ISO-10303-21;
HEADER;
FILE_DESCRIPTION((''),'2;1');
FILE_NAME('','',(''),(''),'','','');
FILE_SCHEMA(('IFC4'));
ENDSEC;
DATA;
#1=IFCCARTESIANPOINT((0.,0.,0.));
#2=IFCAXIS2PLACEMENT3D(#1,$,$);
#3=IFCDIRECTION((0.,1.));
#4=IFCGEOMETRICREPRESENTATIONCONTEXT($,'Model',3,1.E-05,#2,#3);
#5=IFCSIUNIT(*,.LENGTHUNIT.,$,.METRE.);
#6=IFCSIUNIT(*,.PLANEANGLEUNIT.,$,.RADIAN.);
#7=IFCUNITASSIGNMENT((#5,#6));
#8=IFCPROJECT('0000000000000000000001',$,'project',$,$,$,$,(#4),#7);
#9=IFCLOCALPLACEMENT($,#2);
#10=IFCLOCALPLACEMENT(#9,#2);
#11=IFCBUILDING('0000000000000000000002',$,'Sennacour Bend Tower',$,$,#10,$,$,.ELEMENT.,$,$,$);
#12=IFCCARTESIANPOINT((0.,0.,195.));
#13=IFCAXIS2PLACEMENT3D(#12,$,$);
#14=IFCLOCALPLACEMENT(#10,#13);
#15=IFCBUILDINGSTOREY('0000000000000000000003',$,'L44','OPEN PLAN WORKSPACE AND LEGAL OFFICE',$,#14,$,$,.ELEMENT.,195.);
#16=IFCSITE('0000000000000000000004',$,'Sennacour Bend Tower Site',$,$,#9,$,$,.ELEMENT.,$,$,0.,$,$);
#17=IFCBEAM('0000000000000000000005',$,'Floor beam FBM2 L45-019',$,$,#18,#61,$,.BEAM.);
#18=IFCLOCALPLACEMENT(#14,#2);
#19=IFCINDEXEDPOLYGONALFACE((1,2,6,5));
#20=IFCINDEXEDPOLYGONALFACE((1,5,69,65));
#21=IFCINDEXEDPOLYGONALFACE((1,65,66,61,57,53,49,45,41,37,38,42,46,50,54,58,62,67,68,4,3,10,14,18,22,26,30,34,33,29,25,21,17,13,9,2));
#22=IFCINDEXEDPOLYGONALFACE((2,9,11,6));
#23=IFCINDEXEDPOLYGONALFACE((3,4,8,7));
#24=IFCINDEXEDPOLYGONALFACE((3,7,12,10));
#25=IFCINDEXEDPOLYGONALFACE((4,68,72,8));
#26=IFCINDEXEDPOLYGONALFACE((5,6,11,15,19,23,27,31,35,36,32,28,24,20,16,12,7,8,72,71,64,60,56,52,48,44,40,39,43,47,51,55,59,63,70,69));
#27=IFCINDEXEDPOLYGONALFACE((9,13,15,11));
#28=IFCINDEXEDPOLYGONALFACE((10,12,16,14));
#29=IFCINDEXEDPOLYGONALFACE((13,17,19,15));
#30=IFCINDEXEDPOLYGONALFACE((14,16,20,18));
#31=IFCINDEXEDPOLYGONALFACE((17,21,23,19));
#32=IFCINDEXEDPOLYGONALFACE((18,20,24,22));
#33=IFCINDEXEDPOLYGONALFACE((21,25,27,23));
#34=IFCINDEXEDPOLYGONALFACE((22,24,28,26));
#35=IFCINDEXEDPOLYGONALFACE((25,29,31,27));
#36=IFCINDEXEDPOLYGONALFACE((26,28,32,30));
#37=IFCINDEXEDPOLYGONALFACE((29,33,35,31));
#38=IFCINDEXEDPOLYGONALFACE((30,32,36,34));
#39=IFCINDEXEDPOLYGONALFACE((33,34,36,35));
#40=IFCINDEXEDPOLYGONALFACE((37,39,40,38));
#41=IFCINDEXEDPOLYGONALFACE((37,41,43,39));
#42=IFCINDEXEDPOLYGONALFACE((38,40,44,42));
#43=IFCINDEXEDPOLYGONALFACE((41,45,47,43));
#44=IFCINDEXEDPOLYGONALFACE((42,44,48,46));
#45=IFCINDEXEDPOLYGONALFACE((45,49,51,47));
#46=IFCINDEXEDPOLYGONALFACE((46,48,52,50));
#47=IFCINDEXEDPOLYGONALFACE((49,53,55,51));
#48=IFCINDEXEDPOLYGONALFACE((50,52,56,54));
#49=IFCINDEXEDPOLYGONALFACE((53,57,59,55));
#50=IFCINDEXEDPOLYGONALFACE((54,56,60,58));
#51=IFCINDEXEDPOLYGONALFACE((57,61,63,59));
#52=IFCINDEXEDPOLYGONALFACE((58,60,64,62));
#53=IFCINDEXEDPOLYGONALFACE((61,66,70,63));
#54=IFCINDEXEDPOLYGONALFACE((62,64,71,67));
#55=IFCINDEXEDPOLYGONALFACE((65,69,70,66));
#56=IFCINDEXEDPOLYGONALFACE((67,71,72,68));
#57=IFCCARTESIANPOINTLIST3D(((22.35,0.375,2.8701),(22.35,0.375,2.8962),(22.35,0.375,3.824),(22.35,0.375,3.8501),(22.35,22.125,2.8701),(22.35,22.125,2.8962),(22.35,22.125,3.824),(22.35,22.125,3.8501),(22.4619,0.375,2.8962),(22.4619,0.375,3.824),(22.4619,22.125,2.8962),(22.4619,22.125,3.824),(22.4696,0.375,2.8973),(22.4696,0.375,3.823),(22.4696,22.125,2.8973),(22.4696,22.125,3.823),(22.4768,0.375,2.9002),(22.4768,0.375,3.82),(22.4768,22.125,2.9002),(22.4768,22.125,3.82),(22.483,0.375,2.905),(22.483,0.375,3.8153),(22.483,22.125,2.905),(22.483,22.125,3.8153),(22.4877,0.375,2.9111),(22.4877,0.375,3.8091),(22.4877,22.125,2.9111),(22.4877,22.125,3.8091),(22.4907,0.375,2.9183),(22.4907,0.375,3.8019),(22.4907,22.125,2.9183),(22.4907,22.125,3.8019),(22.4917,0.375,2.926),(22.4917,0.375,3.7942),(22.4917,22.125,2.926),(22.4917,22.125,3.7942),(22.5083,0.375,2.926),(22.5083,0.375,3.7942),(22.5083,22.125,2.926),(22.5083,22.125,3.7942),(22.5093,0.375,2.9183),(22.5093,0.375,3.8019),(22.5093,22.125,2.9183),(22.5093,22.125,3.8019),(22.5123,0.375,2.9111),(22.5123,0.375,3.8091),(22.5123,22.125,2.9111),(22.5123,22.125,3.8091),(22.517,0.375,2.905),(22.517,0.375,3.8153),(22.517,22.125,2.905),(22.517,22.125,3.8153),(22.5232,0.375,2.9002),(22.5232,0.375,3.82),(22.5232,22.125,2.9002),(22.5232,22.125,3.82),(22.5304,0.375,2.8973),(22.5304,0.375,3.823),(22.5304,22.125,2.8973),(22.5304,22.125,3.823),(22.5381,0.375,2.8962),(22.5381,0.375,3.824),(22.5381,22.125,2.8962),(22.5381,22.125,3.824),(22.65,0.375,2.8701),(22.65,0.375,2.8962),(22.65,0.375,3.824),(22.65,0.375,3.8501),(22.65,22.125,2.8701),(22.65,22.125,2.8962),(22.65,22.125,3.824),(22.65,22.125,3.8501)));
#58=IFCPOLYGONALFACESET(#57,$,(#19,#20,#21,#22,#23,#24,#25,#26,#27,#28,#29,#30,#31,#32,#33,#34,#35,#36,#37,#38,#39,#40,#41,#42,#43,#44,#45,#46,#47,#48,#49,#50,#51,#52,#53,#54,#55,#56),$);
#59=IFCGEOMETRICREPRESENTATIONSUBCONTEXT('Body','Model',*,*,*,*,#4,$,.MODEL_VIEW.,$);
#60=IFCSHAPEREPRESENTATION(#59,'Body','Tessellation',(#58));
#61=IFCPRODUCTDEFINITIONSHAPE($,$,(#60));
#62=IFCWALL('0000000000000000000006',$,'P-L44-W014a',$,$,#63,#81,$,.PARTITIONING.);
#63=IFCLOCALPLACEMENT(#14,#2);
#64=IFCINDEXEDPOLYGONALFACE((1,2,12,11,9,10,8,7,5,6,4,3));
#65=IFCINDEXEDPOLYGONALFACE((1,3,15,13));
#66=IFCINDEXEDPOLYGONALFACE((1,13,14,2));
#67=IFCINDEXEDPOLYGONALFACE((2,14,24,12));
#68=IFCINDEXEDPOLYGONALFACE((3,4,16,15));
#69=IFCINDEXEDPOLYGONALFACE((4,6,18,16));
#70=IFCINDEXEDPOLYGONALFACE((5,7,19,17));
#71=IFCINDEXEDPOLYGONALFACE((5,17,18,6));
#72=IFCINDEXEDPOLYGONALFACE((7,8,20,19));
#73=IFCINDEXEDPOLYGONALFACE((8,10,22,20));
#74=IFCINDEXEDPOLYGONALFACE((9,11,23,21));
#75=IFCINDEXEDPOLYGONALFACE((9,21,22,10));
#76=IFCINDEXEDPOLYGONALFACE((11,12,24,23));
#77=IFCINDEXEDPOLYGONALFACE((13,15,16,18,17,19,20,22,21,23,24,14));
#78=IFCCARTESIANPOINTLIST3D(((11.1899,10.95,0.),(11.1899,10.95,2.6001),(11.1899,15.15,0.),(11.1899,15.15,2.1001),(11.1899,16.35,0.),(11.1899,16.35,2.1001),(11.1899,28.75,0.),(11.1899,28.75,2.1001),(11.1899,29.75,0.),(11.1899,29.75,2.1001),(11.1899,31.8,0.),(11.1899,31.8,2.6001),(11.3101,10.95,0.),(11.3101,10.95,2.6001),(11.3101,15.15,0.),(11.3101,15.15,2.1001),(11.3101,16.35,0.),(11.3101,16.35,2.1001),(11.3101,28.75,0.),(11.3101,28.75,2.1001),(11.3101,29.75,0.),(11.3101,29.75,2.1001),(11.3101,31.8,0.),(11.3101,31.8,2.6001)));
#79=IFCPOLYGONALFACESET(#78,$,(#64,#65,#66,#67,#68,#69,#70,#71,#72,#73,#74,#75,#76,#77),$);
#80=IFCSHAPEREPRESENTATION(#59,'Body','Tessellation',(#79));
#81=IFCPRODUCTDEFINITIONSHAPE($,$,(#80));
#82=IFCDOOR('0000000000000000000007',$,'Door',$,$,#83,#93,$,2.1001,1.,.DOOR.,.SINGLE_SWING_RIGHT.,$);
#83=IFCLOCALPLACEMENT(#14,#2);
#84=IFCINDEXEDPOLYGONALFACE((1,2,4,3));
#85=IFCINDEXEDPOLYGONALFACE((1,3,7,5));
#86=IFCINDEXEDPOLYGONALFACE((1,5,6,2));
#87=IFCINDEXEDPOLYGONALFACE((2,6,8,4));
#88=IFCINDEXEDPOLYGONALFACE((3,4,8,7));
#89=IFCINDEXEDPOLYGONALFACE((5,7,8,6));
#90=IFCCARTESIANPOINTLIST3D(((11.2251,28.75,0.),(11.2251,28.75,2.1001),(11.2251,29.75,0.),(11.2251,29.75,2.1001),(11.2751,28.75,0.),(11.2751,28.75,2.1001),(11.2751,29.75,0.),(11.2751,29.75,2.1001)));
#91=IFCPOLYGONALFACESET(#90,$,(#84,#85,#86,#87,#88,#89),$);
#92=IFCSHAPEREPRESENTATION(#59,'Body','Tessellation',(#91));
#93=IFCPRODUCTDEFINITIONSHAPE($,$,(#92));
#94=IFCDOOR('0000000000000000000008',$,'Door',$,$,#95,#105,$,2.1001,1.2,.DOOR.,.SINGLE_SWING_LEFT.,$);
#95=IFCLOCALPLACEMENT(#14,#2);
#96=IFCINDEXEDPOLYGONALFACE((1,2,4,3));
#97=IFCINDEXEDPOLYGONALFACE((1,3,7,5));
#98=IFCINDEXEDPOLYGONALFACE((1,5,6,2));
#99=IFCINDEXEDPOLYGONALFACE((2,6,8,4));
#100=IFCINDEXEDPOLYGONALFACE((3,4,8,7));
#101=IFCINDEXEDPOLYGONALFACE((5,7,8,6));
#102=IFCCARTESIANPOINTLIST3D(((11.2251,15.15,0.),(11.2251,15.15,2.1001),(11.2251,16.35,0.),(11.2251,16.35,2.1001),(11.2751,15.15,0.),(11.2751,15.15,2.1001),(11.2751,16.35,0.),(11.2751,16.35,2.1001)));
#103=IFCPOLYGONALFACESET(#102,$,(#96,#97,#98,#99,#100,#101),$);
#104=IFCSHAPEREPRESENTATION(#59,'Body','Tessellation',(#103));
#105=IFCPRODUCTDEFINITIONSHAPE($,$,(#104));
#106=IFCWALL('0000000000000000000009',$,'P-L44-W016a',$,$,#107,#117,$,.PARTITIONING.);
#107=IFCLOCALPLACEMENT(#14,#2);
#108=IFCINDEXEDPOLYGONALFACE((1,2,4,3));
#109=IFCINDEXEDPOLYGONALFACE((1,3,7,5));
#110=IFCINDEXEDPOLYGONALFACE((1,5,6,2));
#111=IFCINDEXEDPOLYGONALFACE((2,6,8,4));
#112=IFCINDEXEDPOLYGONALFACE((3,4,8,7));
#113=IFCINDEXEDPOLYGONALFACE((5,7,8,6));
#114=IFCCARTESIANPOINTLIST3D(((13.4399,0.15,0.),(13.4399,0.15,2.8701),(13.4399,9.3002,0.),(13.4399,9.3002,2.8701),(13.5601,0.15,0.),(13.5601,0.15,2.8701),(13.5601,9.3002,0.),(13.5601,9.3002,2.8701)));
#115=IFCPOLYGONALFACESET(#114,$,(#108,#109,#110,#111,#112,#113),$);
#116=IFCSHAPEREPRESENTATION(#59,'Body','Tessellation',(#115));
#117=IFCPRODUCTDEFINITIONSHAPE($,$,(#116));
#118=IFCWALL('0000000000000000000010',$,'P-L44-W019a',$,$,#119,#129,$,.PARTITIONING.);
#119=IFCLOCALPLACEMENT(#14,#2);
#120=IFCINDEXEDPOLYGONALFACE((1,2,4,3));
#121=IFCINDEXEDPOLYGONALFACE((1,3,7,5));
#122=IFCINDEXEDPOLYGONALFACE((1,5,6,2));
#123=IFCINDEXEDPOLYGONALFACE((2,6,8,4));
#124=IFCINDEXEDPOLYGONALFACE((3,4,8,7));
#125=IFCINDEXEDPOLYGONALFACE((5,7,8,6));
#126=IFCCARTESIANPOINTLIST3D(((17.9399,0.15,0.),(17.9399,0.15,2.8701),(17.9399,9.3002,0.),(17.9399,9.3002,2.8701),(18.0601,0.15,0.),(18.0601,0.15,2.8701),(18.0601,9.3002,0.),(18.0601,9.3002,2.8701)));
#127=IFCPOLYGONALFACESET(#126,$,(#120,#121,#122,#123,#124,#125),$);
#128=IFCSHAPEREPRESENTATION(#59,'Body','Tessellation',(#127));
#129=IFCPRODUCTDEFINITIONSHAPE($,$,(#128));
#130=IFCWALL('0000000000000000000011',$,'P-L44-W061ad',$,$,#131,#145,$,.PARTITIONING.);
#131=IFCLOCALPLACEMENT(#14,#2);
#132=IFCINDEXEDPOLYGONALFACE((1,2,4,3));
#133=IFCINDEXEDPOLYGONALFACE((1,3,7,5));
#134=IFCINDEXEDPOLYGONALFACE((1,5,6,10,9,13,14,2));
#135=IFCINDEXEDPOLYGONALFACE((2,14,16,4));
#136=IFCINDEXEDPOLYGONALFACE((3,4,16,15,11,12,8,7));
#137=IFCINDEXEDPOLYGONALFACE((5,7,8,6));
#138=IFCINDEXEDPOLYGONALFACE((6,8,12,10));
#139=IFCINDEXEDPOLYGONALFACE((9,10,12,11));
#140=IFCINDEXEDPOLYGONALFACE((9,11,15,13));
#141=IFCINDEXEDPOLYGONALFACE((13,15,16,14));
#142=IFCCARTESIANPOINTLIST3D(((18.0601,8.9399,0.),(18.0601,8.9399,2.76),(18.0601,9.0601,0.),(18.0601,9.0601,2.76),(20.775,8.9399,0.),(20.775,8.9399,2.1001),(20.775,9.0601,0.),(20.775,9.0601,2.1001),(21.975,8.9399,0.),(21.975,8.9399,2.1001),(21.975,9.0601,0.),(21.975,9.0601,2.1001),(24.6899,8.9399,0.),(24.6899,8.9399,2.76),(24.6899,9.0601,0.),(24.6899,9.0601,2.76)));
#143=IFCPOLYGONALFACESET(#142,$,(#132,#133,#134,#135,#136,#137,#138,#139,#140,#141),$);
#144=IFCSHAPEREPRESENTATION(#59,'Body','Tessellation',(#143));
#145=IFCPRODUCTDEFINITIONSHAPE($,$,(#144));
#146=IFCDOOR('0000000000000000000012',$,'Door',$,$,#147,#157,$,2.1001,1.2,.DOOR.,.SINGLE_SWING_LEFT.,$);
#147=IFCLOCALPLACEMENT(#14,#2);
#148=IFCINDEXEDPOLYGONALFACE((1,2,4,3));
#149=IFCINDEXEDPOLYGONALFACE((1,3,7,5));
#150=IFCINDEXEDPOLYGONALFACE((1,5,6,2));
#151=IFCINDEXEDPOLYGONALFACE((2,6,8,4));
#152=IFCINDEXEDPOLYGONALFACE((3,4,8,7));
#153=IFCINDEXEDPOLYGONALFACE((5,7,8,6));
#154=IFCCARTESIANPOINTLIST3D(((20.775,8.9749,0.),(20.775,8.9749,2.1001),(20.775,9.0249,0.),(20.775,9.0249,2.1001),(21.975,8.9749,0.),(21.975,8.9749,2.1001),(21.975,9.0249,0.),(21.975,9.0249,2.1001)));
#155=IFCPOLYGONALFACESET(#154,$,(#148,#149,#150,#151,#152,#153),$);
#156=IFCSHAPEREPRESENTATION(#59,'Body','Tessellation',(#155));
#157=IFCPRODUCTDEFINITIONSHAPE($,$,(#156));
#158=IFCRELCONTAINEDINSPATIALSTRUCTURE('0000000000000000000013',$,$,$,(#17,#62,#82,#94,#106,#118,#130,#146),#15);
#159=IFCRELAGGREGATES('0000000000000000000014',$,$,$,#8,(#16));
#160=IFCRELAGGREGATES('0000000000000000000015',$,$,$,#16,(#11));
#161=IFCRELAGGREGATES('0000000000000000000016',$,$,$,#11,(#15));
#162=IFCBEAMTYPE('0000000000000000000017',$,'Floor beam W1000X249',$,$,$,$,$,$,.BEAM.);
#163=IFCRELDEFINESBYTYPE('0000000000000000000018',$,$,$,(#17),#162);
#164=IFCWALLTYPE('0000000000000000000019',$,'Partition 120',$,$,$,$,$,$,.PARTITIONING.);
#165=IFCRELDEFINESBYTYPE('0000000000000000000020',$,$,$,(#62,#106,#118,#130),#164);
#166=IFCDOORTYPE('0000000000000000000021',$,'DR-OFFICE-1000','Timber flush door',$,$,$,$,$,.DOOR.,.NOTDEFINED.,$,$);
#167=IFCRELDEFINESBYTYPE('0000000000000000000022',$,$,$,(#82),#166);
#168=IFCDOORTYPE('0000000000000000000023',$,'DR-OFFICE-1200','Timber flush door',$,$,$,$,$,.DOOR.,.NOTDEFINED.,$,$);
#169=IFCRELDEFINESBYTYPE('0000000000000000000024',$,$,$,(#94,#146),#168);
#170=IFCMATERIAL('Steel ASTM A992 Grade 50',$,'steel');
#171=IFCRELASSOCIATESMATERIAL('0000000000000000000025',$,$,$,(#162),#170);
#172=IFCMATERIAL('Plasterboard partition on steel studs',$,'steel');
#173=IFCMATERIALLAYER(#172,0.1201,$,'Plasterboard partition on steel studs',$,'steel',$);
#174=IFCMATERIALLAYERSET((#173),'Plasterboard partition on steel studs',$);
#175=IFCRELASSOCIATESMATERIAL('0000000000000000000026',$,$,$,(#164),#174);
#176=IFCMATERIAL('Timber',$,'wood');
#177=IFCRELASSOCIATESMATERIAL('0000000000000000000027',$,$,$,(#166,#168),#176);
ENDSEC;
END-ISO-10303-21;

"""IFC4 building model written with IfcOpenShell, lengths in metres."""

from ifc_helpers import new_model, si_unit, direction, frame, frame_2d, origin, origin_2d, place, context, subcontext, project, spatial, rectangle, i_section, extrude, material, layer, layer_set, material_profile, profile_set, type_object, element, fill, save


model = new_model("IFC4")

# Units and contexts
model_context = context("Model", 3, precision=1e-05, world=origin(), true_north=direction((0.0, 1.0)))
body_context = subcontext(model_context, "Body", "Model", "MODEL_VIEW")
ifc_project = project(units=[si_unit("LENGTHUNIT", "METRE"), si_unit("PLANEANGLEUNIT", "RADIAN")], contexts=[model_context])

# Site, building, storey
site_placement = place(None, origin())
site = spatial("IfcSite", under=ifc_project, at=site_placement, Name="Sennacour Bend Tower Site", CompositionType="ELEMENT", RefElevation=0.0)
building_placement = place(site_placement, origin())
building = spatial("IfcBuilding", under=site, at=building_placement, Name="Sennacour Bend Tower", CompositionType="ELEMENT")
storey_placement = place(building_placement, frame((0.0, 0.0, 195.0)))
storey = spatial("IfcBuildingStorey", under=building, at=storey_placement, Name="L44", Description="OPEN PLAN WORKSPACE AND LEGAL OFFICE", CompositionType="ELEMENT", Elevation=195.0)

# Beam
ifc_material_1 = material(Name="Steel ASTM A992 Grade 50", Category="steel")
ifc_material_profile = material_profile(ifc_material_1, i_section(OverallWidth=0.3, OverallDepth=0.98, WebThickness=0.0166, FlangeThickness=0.0261, FilletRadius=0.0298, at=origin_2d()), Name="Steel ASTM A992 Grade 50", Category="steel")
ifc_profile_set = profile_set([ifc_material_profile], Name="Steel ASTM A992 Grade 50")
beam_type = type_object("IfcBeamType", Name="Floor beam W1000X249", PredefinedType="BEAM", material=ifc_profile_set)
beam_1_placement = place(storey_placement, frame((22.5, 0.375, 3.3601), z_axis=(0.0, 1.0, 0.0), x_axis=(-1.0, 0.0, 0.0)))
element("IfcBeam", 1, at=beam_1_placement, inside=storey, type_object=beam_type, Name="Floor beam FBM2 L45-019", PredefinedType="BEAM", context=body_context, shape_type="SweptSolid", body=[
    extrude(i_section(OverallWidth=0.3, OverallDepth=0.98, WebThickness=0.0166, FlangeThickness=0.0261, FilletRadius=0.0298, at=origin_2d()), origin(), (0.0, 0.0, 1.0), 21.75),
])

# Wall, openings, doors
ifc_material_2 = material(Name="Plasterboard partition on steel studs", Category="steel")
ifc_layer_1 = layer(ifc_material_2, 0.1201, Name="Plasterboard partition on steel studs", Category="steel")
ifc_layer_set_1 = layer_set([ifc_layer_1], Name="Plasterboard partition on steel studs")
wall_type_1 = type_object("IfcWallType", Name="Partition 120", PredefinedType="PARTITIONING", material=ifc_layer_set_1)
wall_1_placement = place(storey_placement, frame((11.25, 10.95, 0.0), z_axis=(0.0, 0.0, 1.0), x_axis=(0.0, 1.0, 0.0)))
wall_1 = element("IfcWall", 2, at=wall_1_placement, inside=storey, type_object=wall_type_1, Name="P-L44-W014a", PredefinedType="PARTITIONING", context=body_context, shape_type="SweptSolid", body=[
    extrude(rectangle(XDim=20.8501, YDim=0.1201, at=frame_2d((10.425, 0.0))), origin(), (0.0, 0.0, 1.0), 2.6001),
])
opening_1_placement = place(wall_1_placement, frame((17.8, 0.0, 0.0)))
opening_1 = element("IfcOpeningElement", 3, at=opening_1_placement, cuts=wall_1, PredefinedType="OPENING", context=body_context, shape_type="SweptSolid", body=[
    extrude(rectangle(XDim=1.0, YDim=2.1001, at=frame_2d((0.5, 1.05))), frame((0.0, 0.0701, 0.0), z_axis=(0.0, -1.0, 0.0), x_axis=(1.0, 0.0, 0.0)), (0.0, 0.0, 1.0), 0.1401),
])
opening_2_placement = place(wall_1_placement, frame((4.2, 0.0, 0.0)))
opening_2 = element("IfcOpeningElement", 4, at=opening_2_placement, cuts=wall_1, PredefinedType="OPENING", context=body_context, shape_type="SweptSolid", body=[
    extrude(rectangle(XDim=1.2, YDim=2.1001, at=frame_2d((0.6001, 1.05))), frame((0.0, 0.0701, 0.0), z_axis=(0.0, -1.0, 0.0), x_axis=(1.0, 0.0, 0.0)), (0.0, 0.0, 1.0), 0.1401),
])
ifc_material_3 = material(Name="Timber", Category="wood")
door_type_1 = type_object("IfcDoorType", Name="DR-OFFICE-1000", Description="Timber flush door", OperationType="NOTDEFINED", PredefinedType="DOOR", material=ifc_material_3)
door_1_placement = place(opening_1_placement, origin())
door_1 = element("IfcDoor", 5, at=door_1_placement, inside=storey, type_object=door_type_1, Name="Door", OperationType="SINGLE_SWING_RIGHT", OverallHeight=2.1001, OverallWidth=1.0, PredefinedType="DOOR", context=body_context, shape_type="SweptSolid", body=[
    extrude(rectangle(XDim=1.0, YDim=2.1001, at=frame_2d((0.5, 1.05))), frame((0.0, 0.0249, 0.0), z_axis=(0.0, -1.0, 0.0), x_axis=(1.0, 0.0, 0.0)), (0.0, 0.0, 1.0), 0.05),
])
fill(opening_1, door_1)
door_type_2 = type_object("IfcDoorType", Name="DR-OFFICE-1200", Description="Timber flush door", OperationType="NOTDEFINED", PredefinedType="DOOR", material=ifc_material_3)
door_2_placement = place(opening_2_placement, origin())
door_2 = element("IfcDoor", 6, at=door_2_placement, inside=storey, type_object=door_type_2, Name="Door", OperationType="SINGLE_SWING_LEFT", OverallHeight=2.1001, OverallWidth=1.2, PredefinedType="DOOR", context=body_context, shape_type="SweptSolid", body=[
    extrude(rectangle(XDim=1.2, YDim=2.1001, at=frame_2d((0.6001, 1.05))), frame((0.0, 0.0249, 0.0), z_axis=(0.0, -1.0, 0.0), x_axis=(1.0, 0.0, 0.0)), (0.0, 0.0, 1.0), 0.05),
])
fill(opening_2, door_2)

# Walls
for number, where, z_axis, x_axis, name in (
    (7, (13.5, 0.1499, 0.0), (0.0, 0.0, 1.0), (0.0, 1.0, 0.0), "P-L44-W016a"),
    (8, (18.0, 0.1499, 0.0), (0.0, 0.0, 1.0), (0.0, 1.0, 0.0), "P-L44-W019a"),
):
    element("IfcWall", number, at=place(storey_placement, frame(where, z_axis=z_axis, x_axis=x_axis)), inside=storey, type_object=wall_type_1, Name=name, PredefinedType="PARTITIONING", context=body_context, shape_type="SweptSolid", body=[
        extrude(rectangle(XDim=9.1501, YDim=0.1201, at=frame_2d((4.5752, 0.0))), origin(), (0.0, 0.0, 1.0), 2.8701),
    ])

# Wall, opening, door
wall_2_placement = place(storey_placement, frame((18.0601, 9.0, 0.0), z_axis=(0.0, 0.0, 1.0), x_axis=(1.0, 0.0, 0.0)))
wall_2 = element("IfcWall", 9, at=wall_2_placement, inside=storey, type_object=wall_type_1, Name="P-L44-W061ad", PredefinedType="PARTITIONING", context=body_context, shape_type="SweptSolid", body=[
    extrude(rectangle(XDim=6.6299, YDim=0.1201, at=frame_2d((3.3149, 0.0))), origin(), (0.0, 0.0, 1.0), 2.76),
])
opening_3_placement = place(wall_2_placement, frame((2.7148, 0.0, 0.0)))
opening_3 = element("IfcOpeningElement", 10, at=opening_3_placement, cuts=wall_2, PredefinedType="OPENING", context=body_context, shape_type="SweptSolid", body=[
    extrude(rectangle(XDim=1.2, YDim=2.1001, at=frame_2d((0.6001, 1.05))), frame((0.0, 0.0701, 0.0), z_axis=(0.0, -1.0, 0.0), x_axis=(1.0, 0.0, 0.0)), (0.0, 0.0, 1.0), 0.1401),
])
door_3_placement = place(opening_3_placement, origin())
door_3 = element("IfcDoor", 11, at=door_3_placement, inside=storey, type_object=door_type_2, Name="Door", OperationType="SINGLE_SWING_LEFT", OverallHeight=2.1001, OverallWidth=1.2, PredefinedType="DOOR", context=body_context, shape_type="SweptSolid", body=[
    extrude(rectangle(XDim=1.2, YDim=2.1001, at=frame_2d((0.6001, 1.05))), frame((0.0, 0.0249, 0.0), z_axis=(0.0, -1.0, 0.0), x_axis=(1.0, 0.0, 0.0)), (0.0, 0.0, 1.0), 0.05),
])
fill(opening_3, door_3)

save(model, "model.ifc")
